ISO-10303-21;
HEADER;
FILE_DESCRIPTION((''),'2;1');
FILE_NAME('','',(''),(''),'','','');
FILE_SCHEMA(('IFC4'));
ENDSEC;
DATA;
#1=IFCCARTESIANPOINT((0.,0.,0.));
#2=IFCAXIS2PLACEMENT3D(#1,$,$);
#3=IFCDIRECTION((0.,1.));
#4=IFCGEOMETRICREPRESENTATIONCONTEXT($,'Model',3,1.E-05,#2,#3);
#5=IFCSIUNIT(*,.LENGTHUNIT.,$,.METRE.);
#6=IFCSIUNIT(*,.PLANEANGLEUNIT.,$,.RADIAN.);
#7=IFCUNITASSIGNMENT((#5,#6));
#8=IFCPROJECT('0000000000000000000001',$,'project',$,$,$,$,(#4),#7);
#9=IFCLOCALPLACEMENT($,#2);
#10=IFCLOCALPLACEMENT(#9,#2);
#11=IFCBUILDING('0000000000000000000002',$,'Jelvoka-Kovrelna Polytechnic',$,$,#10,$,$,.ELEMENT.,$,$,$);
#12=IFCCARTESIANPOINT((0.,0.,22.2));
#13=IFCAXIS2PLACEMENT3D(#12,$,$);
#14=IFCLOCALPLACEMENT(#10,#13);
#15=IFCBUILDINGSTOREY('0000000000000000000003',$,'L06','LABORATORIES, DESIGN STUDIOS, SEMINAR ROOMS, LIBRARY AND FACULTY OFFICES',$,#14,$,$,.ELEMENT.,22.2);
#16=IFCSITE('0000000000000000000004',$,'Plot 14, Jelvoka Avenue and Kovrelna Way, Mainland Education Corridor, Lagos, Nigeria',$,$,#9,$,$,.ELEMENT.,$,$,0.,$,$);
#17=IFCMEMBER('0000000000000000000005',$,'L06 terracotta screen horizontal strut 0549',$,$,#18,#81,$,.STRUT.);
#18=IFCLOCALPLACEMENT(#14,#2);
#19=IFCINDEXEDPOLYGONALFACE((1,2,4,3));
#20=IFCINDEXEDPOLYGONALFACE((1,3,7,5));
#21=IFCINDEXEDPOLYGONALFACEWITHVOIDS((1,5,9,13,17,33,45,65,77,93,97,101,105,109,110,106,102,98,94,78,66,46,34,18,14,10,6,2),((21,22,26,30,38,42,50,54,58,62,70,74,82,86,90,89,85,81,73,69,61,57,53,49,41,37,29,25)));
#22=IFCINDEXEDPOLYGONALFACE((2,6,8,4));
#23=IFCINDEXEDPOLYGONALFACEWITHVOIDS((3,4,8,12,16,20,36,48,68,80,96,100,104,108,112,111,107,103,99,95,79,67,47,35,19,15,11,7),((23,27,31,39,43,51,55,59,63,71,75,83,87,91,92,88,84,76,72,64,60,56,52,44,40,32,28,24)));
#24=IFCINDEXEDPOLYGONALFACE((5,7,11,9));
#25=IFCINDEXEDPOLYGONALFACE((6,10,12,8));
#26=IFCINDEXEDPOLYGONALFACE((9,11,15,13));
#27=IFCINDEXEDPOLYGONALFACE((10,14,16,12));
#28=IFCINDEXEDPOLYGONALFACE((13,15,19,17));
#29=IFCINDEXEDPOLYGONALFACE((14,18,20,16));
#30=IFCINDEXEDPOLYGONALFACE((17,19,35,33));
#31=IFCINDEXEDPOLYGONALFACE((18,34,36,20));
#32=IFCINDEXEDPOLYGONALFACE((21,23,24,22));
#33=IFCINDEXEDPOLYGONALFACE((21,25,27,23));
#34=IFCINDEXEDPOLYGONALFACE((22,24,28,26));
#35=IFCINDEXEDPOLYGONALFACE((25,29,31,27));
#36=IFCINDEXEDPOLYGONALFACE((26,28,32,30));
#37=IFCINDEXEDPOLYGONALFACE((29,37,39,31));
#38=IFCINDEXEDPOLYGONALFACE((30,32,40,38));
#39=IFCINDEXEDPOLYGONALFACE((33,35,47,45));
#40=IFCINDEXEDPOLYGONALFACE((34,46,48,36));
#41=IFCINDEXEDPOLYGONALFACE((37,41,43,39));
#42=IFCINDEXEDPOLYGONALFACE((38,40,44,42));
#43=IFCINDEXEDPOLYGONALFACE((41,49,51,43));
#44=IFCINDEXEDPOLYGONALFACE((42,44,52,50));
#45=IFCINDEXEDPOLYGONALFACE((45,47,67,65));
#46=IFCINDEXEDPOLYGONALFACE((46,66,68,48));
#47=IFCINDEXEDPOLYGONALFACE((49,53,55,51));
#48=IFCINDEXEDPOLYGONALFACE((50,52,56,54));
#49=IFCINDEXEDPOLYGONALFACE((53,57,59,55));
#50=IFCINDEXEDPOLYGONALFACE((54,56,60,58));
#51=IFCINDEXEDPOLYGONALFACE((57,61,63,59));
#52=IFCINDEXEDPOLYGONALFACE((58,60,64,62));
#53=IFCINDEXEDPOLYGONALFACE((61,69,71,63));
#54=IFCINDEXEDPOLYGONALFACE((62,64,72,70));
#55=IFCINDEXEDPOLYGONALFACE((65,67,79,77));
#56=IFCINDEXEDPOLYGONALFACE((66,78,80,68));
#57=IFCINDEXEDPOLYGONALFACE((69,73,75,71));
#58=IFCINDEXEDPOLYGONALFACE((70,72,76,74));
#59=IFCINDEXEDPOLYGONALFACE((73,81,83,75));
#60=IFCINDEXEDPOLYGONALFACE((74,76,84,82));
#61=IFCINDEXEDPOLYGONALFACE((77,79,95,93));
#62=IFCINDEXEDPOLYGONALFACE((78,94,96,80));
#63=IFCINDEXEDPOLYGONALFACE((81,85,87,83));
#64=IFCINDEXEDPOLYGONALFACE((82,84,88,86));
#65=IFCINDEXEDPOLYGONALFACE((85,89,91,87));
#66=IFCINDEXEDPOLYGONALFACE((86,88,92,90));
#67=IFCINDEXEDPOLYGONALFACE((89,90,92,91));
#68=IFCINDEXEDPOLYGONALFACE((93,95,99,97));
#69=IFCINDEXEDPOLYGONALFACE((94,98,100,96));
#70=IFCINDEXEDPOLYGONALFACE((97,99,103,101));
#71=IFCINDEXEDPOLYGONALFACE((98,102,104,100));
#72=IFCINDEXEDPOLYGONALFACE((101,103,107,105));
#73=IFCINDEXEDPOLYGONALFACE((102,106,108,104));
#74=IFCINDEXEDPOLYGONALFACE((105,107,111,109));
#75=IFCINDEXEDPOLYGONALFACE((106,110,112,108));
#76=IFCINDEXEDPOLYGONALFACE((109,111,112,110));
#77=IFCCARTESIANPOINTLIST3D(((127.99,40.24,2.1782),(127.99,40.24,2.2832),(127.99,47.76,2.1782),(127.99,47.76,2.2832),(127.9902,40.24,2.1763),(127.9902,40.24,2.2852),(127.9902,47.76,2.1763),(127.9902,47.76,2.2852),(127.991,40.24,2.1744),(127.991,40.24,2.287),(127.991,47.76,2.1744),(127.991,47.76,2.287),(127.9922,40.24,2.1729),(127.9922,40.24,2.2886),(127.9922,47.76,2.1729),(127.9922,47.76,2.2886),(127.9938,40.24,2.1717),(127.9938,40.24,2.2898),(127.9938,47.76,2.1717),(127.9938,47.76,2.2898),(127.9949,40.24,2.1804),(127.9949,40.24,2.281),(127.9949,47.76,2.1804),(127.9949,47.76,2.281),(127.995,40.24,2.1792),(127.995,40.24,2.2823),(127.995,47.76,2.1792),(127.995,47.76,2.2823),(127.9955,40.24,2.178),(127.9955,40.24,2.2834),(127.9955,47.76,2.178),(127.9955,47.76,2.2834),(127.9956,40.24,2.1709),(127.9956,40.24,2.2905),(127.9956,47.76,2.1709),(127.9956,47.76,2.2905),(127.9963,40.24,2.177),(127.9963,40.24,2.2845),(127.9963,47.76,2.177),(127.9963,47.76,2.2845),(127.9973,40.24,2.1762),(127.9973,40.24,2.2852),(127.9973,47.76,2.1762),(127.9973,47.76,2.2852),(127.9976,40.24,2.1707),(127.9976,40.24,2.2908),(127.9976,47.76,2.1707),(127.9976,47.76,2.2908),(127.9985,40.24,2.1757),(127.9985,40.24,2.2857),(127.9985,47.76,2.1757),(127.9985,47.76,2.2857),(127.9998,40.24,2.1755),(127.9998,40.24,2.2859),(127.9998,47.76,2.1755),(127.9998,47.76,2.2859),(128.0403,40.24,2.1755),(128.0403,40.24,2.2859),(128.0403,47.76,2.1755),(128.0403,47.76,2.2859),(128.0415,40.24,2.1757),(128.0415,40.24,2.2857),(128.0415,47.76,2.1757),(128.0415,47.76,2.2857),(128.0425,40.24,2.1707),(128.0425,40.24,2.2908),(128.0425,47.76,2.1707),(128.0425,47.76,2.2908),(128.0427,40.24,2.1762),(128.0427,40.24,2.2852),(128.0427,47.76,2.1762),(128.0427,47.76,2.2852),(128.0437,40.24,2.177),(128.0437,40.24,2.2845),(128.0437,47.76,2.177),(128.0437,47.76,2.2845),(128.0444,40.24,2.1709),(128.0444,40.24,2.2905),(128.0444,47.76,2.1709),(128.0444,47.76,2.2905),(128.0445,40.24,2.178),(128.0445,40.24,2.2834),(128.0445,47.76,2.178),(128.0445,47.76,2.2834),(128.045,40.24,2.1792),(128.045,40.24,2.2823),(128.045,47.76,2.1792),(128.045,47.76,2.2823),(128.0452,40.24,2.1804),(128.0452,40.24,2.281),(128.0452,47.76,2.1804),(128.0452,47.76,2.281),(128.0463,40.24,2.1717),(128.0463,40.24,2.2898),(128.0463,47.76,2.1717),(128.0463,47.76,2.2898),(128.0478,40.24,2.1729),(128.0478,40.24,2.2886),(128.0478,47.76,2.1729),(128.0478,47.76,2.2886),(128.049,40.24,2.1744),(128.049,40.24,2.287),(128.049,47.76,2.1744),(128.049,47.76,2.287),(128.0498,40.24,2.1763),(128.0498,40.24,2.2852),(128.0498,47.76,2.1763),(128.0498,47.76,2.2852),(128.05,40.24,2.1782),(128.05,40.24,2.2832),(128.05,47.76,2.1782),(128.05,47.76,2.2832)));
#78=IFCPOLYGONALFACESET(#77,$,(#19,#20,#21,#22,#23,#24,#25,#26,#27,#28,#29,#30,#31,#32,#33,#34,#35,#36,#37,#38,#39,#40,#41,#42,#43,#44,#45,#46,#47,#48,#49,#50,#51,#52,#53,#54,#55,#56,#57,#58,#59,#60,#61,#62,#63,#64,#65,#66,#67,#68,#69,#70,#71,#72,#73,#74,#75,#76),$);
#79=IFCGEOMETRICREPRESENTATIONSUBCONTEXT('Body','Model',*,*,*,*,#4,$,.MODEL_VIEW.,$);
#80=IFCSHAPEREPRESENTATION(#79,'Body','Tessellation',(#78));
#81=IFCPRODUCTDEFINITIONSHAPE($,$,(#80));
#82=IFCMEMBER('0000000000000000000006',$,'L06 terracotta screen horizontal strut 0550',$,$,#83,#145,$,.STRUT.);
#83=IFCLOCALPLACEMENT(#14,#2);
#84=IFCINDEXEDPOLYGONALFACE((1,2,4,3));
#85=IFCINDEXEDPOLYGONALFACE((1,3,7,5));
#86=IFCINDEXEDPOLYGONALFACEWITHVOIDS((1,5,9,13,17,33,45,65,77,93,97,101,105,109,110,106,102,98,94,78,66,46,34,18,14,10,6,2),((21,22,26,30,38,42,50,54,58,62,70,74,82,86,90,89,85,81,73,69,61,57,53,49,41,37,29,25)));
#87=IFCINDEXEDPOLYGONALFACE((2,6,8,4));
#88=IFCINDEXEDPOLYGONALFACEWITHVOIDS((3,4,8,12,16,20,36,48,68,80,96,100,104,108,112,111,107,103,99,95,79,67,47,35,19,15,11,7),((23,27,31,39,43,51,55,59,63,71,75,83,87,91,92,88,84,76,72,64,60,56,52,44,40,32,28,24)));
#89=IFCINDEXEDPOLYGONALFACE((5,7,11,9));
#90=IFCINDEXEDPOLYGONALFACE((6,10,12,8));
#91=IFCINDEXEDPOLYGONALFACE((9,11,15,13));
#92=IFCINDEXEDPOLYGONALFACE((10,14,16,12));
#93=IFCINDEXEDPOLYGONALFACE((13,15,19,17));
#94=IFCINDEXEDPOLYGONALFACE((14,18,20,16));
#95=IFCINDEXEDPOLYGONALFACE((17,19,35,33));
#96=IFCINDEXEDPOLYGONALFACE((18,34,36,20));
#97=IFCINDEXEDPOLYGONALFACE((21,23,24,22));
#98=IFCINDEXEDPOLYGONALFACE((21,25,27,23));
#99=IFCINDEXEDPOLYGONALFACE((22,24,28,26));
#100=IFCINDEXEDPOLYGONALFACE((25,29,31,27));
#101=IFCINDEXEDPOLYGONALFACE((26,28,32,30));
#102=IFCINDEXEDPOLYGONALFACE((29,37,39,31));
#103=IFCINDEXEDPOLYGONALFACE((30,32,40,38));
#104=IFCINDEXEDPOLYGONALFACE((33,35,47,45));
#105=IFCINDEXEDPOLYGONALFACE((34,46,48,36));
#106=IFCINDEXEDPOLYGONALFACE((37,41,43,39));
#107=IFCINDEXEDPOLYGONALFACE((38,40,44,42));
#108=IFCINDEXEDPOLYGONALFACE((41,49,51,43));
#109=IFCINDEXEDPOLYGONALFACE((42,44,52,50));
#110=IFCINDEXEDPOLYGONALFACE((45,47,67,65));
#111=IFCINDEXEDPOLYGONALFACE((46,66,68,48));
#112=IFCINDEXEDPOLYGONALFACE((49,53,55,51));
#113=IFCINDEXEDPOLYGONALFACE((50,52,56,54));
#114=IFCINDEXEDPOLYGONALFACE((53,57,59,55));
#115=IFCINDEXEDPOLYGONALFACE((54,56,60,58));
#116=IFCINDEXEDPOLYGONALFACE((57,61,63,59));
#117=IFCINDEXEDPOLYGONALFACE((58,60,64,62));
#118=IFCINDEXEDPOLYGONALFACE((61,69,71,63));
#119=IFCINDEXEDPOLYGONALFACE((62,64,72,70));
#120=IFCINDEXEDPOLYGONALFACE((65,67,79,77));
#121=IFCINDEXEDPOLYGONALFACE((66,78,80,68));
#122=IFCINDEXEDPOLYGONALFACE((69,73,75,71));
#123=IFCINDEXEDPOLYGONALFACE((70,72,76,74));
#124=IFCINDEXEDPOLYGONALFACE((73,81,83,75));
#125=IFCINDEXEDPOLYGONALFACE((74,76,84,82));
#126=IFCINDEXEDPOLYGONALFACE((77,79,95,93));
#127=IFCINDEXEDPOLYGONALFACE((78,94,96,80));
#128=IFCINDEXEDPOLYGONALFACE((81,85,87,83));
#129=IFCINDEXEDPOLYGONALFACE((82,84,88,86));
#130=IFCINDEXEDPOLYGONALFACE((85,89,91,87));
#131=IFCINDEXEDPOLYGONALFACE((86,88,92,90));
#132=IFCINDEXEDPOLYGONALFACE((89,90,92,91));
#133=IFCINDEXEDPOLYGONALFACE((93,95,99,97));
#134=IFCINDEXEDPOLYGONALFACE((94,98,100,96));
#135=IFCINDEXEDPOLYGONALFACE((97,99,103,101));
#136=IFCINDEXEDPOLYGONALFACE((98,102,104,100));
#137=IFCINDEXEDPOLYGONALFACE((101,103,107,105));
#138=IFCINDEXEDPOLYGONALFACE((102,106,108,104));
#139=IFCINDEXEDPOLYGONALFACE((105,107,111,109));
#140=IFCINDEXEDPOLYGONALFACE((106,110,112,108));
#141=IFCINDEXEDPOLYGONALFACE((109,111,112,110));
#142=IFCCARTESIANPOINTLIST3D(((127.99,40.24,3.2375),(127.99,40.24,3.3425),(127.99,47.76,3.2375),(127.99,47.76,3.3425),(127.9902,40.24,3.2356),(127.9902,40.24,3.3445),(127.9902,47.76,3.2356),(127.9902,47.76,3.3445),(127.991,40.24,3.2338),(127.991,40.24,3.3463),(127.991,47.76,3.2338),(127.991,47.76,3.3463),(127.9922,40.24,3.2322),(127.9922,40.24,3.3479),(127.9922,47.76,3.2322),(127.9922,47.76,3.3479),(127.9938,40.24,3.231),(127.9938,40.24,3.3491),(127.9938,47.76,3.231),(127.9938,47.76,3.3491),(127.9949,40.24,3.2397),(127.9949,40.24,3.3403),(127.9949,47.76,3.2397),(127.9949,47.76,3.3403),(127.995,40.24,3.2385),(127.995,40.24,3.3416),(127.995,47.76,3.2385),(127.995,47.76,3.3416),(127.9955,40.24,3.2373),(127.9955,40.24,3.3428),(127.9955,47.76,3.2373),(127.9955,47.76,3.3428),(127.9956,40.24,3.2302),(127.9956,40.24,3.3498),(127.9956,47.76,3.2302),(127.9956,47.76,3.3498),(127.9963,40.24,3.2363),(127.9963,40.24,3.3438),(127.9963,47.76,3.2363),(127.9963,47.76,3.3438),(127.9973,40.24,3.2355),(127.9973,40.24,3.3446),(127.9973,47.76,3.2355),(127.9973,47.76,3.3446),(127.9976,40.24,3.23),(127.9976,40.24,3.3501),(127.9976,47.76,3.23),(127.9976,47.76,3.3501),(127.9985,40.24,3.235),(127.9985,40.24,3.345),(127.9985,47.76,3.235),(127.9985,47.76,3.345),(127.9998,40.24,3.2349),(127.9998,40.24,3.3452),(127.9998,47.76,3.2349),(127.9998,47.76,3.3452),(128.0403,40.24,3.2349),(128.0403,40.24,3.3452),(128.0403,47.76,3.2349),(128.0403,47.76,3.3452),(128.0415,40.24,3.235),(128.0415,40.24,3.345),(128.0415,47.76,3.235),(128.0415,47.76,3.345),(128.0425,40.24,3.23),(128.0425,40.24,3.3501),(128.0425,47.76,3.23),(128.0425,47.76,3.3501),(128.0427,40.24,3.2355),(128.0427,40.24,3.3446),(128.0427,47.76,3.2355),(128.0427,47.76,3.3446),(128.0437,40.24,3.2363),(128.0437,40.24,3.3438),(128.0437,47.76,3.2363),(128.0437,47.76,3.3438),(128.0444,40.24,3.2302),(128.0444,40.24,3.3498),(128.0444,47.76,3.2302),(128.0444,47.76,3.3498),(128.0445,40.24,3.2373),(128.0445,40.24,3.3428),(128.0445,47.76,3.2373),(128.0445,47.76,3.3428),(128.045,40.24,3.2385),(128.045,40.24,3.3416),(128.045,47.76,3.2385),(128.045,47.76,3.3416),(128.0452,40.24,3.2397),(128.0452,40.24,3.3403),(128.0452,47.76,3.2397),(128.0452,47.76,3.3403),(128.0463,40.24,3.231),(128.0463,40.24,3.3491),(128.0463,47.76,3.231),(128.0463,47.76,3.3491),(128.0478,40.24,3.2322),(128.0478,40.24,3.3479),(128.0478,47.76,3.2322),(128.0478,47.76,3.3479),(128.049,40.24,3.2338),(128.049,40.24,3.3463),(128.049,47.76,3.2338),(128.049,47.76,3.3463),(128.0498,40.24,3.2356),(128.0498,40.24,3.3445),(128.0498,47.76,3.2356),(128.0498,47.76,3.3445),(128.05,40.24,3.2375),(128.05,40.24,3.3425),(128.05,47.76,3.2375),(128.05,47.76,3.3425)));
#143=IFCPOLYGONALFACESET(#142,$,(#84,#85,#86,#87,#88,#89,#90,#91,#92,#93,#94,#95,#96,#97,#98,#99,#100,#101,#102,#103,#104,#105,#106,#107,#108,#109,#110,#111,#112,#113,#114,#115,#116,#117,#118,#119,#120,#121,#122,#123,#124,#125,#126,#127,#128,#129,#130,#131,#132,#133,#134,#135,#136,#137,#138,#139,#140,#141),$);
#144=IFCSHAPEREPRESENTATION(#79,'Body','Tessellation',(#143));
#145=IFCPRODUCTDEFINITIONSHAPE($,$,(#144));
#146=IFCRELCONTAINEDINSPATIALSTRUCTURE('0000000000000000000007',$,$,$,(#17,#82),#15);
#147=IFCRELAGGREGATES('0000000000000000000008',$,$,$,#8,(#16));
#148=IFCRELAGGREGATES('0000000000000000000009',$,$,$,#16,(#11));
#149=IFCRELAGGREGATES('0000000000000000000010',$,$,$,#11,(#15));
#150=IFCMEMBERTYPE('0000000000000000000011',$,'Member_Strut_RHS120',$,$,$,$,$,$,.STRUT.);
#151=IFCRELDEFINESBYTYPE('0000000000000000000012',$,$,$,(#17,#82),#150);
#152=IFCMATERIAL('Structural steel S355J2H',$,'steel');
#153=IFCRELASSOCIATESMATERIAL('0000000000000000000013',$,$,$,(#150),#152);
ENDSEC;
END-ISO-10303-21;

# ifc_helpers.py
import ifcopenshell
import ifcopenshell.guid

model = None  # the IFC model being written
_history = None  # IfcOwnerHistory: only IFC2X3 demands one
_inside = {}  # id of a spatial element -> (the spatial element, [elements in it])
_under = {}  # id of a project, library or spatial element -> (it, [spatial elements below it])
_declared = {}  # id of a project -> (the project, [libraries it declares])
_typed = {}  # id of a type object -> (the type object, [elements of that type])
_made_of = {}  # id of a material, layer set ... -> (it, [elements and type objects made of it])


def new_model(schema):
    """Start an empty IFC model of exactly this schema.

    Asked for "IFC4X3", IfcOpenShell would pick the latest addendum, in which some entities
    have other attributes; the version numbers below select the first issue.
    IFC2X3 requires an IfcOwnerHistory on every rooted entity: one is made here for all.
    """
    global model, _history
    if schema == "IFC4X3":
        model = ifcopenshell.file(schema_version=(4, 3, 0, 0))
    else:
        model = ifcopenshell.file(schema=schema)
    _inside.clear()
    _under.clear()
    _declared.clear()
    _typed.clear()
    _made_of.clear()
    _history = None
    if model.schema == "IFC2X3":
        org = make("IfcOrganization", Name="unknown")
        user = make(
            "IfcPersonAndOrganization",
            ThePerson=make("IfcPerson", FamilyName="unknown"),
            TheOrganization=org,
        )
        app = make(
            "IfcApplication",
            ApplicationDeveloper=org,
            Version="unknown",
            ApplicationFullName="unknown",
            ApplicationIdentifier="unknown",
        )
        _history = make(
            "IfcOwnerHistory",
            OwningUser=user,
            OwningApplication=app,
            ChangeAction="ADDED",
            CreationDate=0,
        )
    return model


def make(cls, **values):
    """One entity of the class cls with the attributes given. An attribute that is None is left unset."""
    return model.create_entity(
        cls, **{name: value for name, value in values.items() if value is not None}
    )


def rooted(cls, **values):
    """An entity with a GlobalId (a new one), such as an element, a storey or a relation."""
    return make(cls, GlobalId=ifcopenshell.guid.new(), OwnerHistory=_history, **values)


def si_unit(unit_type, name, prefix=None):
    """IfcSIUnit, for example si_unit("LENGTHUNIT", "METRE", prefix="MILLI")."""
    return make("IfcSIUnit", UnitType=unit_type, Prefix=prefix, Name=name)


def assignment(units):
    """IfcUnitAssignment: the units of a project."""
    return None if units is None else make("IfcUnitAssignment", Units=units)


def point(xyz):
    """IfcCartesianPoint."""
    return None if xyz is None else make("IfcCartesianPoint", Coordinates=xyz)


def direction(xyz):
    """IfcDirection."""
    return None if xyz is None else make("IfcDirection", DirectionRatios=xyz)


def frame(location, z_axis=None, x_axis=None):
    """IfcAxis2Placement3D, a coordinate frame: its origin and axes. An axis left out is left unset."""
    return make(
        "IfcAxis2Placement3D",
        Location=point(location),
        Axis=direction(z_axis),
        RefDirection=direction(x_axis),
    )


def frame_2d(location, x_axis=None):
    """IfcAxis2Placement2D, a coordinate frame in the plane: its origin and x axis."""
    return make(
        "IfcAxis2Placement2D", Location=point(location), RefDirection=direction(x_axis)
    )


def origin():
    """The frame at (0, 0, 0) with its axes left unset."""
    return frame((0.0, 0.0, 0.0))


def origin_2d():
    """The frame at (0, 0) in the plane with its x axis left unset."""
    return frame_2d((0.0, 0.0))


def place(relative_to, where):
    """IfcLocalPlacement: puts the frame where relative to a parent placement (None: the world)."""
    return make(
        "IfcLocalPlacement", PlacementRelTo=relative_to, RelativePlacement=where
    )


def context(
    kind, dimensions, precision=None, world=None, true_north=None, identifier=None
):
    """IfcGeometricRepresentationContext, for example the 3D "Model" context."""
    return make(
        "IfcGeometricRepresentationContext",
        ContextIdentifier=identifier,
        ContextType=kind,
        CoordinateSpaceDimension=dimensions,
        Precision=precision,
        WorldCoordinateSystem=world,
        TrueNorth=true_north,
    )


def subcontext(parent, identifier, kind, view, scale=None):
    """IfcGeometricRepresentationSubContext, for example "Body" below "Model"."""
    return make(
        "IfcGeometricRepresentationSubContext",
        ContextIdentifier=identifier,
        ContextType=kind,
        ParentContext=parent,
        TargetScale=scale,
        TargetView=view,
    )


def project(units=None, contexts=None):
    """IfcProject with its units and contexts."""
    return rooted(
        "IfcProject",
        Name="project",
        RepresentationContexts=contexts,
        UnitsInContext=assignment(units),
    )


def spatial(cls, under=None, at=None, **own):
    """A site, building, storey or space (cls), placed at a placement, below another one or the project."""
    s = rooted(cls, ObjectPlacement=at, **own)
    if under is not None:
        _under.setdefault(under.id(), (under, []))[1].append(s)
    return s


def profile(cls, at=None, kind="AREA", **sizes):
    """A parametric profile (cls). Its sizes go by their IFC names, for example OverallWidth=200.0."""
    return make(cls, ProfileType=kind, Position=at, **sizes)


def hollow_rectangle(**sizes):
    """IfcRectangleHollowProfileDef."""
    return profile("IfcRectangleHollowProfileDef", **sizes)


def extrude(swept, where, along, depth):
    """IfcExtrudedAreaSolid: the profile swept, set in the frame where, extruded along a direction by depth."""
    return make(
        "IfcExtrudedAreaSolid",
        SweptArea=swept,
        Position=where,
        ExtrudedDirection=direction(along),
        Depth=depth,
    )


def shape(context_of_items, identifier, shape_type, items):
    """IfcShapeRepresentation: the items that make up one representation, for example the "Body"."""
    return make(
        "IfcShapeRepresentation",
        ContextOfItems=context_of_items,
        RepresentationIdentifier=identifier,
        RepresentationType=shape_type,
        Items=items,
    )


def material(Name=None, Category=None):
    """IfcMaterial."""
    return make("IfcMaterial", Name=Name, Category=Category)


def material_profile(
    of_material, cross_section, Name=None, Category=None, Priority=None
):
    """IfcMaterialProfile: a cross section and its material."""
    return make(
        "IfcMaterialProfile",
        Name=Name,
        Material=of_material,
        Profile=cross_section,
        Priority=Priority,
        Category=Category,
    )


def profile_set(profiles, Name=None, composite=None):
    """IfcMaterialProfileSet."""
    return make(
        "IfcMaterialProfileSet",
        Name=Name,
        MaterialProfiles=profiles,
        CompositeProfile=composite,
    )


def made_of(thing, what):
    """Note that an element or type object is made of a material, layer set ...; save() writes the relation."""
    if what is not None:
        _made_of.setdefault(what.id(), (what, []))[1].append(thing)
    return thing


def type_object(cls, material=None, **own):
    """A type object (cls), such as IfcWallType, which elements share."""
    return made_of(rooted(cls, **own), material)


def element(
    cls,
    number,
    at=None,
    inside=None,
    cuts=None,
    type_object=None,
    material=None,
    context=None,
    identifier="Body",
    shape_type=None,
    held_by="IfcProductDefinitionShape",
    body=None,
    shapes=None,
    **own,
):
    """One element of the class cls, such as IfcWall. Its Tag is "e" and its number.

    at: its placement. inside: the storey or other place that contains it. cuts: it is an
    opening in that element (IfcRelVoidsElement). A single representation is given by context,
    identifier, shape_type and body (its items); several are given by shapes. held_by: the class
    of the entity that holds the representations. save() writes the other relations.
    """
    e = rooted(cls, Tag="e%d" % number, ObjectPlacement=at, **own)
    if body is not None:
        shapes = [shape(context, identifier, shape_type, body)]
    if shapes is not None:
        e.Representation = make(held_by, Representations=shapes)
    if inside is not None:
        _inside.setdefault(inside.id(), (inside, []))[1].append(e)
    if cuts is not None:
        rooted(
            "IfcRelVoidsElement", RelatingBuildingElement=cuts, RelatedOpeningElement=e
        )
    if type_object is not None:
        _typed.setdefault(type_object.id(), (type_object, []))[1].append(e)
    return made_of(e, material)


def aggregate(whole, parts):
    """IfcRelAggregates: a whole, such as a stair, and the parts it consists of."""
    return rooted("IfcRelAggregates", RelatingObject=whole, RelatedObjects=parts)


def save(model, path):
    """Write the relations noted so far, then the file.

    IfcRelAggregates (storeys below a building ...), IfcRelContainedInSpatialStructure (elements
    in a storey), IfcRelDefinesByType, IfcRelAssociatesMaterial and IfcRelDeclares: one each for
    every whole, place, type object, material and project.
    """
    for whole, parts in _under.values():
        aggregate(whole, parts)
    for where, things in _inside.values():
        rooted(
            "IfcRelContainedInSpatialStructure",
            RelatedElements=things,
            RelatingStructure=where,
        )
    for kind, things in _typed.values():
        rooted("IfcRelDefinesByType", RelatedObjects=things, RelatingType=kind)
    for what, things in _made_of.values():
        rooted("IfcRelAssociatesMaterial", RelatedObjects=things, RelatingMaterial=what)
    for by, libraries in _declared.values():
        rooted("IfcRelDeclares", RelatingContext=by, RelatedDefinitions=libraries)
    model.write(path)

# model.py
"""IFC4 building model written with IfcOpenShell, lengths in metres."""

from ifc_helpers import new_model, si_unit, direction, frame, origin, origin_2d, place, context, subcontext, project, spatial, hollow_rectangle, extrude, material, material_profile, profile_set, type_object, element, save


model = new_model("IFC4")

# Units and contexts
model_context = context("Model", 3, precision=1e-05, world=origin(), true_north=direction((0.0, 1.0)))
body_context = subcontext(model_context, "Body", "Model", "MODEL_VIEW")
ifc_project = project(units=[si_unit("LENGTHUNIT", "METRE"), si_unit("PLANEANGLEUNIT", "RADIAN")], contexts=[model_context])

# Site, building, storey
site_placement = place(None, origin())
site = spatial("IfcSite", under=ifc_project, at=site_placement, Name="Plot 14, Jelvoka Avenue and Kovrelna Way, Mainland Education Corridor, Lagos, Nigeria", CompositionType="ELEMENT", RefElevation=0.0)
building_placement = place(site_placement, origin())
building = spatial("IfcBuilding", under=site, at=building_placement, Name="Jelvoka-Kovrelna Polytechnic", CompositionType="ELEMENT")
storey_placement = place(building_placement, frame((0.0, 0.0, 22.2)))
storey = spatial("IfcBuildingStorey", under=building, at=storey_placement, Name="L06", Description="LABORATORIES, DESIGN STUDIOS, SEMINAR ROOMS, LIBRARY AND FACULTY OFFICES", CompositionType="ELEMENT", Elevation=22.2)

# Members
ifc_material_1 = material(Name="Structural steel S355J2H", Category="steel")
ifc_material_profile_1 = material_profile(ifc_material_1, hollow_rectangle(XDim=0.0601, YDim=0.1201, WallThickness=0.0049, InnerFilletRadius=0.0049, OuterFilletRadius=0.0076, at=origin_2d()), Name="120x60x5.0 RHS")
ifc_profile_set_1 = profile_set([ifc_material_profile_1], Name="Structural steel S355J2H")
member_type_1 = type_object("IfcMemberType", Name="Member_Strut_RHS120", PredefinedType="STRUT", material=ifc_profile_set_1)
for number, where, z_axis, x_axis, name in (
    (1, (128.02, 40.24, 2.2307), (0.0, 1.0, 0.0), (-1.0, 0.0, 0.0), "L06 terracotta screen horizontal strut 0549"),
    (2, (128.02, 40.24, 3.29), (0.0, 1.0, 0.0), (-1.0, 0.0, 0.0), "L06 terracotta screen horizontal strut 0550"),
):
    element("IfcMember", number, at=place(storey_placement, frame(where, z_axis=z_axis, x_axis=x_axis)), inside=storey, type_object=member_type_1, Name=name, PredefinedType="STRUT", context=body_context, shape_type="SweptSolid", body=[
        extrude(hollow_rectangle(XDim=0.0601, YDim=0.1201, WallThickness=0.0049, InnerFilletRadius=0.0049, OuterFilletRadius=0.0076, at=origin_2d()), origin(), (0.0, 0.0, 1.0), 7.52),
    ])

save(model, "model.ifc")
